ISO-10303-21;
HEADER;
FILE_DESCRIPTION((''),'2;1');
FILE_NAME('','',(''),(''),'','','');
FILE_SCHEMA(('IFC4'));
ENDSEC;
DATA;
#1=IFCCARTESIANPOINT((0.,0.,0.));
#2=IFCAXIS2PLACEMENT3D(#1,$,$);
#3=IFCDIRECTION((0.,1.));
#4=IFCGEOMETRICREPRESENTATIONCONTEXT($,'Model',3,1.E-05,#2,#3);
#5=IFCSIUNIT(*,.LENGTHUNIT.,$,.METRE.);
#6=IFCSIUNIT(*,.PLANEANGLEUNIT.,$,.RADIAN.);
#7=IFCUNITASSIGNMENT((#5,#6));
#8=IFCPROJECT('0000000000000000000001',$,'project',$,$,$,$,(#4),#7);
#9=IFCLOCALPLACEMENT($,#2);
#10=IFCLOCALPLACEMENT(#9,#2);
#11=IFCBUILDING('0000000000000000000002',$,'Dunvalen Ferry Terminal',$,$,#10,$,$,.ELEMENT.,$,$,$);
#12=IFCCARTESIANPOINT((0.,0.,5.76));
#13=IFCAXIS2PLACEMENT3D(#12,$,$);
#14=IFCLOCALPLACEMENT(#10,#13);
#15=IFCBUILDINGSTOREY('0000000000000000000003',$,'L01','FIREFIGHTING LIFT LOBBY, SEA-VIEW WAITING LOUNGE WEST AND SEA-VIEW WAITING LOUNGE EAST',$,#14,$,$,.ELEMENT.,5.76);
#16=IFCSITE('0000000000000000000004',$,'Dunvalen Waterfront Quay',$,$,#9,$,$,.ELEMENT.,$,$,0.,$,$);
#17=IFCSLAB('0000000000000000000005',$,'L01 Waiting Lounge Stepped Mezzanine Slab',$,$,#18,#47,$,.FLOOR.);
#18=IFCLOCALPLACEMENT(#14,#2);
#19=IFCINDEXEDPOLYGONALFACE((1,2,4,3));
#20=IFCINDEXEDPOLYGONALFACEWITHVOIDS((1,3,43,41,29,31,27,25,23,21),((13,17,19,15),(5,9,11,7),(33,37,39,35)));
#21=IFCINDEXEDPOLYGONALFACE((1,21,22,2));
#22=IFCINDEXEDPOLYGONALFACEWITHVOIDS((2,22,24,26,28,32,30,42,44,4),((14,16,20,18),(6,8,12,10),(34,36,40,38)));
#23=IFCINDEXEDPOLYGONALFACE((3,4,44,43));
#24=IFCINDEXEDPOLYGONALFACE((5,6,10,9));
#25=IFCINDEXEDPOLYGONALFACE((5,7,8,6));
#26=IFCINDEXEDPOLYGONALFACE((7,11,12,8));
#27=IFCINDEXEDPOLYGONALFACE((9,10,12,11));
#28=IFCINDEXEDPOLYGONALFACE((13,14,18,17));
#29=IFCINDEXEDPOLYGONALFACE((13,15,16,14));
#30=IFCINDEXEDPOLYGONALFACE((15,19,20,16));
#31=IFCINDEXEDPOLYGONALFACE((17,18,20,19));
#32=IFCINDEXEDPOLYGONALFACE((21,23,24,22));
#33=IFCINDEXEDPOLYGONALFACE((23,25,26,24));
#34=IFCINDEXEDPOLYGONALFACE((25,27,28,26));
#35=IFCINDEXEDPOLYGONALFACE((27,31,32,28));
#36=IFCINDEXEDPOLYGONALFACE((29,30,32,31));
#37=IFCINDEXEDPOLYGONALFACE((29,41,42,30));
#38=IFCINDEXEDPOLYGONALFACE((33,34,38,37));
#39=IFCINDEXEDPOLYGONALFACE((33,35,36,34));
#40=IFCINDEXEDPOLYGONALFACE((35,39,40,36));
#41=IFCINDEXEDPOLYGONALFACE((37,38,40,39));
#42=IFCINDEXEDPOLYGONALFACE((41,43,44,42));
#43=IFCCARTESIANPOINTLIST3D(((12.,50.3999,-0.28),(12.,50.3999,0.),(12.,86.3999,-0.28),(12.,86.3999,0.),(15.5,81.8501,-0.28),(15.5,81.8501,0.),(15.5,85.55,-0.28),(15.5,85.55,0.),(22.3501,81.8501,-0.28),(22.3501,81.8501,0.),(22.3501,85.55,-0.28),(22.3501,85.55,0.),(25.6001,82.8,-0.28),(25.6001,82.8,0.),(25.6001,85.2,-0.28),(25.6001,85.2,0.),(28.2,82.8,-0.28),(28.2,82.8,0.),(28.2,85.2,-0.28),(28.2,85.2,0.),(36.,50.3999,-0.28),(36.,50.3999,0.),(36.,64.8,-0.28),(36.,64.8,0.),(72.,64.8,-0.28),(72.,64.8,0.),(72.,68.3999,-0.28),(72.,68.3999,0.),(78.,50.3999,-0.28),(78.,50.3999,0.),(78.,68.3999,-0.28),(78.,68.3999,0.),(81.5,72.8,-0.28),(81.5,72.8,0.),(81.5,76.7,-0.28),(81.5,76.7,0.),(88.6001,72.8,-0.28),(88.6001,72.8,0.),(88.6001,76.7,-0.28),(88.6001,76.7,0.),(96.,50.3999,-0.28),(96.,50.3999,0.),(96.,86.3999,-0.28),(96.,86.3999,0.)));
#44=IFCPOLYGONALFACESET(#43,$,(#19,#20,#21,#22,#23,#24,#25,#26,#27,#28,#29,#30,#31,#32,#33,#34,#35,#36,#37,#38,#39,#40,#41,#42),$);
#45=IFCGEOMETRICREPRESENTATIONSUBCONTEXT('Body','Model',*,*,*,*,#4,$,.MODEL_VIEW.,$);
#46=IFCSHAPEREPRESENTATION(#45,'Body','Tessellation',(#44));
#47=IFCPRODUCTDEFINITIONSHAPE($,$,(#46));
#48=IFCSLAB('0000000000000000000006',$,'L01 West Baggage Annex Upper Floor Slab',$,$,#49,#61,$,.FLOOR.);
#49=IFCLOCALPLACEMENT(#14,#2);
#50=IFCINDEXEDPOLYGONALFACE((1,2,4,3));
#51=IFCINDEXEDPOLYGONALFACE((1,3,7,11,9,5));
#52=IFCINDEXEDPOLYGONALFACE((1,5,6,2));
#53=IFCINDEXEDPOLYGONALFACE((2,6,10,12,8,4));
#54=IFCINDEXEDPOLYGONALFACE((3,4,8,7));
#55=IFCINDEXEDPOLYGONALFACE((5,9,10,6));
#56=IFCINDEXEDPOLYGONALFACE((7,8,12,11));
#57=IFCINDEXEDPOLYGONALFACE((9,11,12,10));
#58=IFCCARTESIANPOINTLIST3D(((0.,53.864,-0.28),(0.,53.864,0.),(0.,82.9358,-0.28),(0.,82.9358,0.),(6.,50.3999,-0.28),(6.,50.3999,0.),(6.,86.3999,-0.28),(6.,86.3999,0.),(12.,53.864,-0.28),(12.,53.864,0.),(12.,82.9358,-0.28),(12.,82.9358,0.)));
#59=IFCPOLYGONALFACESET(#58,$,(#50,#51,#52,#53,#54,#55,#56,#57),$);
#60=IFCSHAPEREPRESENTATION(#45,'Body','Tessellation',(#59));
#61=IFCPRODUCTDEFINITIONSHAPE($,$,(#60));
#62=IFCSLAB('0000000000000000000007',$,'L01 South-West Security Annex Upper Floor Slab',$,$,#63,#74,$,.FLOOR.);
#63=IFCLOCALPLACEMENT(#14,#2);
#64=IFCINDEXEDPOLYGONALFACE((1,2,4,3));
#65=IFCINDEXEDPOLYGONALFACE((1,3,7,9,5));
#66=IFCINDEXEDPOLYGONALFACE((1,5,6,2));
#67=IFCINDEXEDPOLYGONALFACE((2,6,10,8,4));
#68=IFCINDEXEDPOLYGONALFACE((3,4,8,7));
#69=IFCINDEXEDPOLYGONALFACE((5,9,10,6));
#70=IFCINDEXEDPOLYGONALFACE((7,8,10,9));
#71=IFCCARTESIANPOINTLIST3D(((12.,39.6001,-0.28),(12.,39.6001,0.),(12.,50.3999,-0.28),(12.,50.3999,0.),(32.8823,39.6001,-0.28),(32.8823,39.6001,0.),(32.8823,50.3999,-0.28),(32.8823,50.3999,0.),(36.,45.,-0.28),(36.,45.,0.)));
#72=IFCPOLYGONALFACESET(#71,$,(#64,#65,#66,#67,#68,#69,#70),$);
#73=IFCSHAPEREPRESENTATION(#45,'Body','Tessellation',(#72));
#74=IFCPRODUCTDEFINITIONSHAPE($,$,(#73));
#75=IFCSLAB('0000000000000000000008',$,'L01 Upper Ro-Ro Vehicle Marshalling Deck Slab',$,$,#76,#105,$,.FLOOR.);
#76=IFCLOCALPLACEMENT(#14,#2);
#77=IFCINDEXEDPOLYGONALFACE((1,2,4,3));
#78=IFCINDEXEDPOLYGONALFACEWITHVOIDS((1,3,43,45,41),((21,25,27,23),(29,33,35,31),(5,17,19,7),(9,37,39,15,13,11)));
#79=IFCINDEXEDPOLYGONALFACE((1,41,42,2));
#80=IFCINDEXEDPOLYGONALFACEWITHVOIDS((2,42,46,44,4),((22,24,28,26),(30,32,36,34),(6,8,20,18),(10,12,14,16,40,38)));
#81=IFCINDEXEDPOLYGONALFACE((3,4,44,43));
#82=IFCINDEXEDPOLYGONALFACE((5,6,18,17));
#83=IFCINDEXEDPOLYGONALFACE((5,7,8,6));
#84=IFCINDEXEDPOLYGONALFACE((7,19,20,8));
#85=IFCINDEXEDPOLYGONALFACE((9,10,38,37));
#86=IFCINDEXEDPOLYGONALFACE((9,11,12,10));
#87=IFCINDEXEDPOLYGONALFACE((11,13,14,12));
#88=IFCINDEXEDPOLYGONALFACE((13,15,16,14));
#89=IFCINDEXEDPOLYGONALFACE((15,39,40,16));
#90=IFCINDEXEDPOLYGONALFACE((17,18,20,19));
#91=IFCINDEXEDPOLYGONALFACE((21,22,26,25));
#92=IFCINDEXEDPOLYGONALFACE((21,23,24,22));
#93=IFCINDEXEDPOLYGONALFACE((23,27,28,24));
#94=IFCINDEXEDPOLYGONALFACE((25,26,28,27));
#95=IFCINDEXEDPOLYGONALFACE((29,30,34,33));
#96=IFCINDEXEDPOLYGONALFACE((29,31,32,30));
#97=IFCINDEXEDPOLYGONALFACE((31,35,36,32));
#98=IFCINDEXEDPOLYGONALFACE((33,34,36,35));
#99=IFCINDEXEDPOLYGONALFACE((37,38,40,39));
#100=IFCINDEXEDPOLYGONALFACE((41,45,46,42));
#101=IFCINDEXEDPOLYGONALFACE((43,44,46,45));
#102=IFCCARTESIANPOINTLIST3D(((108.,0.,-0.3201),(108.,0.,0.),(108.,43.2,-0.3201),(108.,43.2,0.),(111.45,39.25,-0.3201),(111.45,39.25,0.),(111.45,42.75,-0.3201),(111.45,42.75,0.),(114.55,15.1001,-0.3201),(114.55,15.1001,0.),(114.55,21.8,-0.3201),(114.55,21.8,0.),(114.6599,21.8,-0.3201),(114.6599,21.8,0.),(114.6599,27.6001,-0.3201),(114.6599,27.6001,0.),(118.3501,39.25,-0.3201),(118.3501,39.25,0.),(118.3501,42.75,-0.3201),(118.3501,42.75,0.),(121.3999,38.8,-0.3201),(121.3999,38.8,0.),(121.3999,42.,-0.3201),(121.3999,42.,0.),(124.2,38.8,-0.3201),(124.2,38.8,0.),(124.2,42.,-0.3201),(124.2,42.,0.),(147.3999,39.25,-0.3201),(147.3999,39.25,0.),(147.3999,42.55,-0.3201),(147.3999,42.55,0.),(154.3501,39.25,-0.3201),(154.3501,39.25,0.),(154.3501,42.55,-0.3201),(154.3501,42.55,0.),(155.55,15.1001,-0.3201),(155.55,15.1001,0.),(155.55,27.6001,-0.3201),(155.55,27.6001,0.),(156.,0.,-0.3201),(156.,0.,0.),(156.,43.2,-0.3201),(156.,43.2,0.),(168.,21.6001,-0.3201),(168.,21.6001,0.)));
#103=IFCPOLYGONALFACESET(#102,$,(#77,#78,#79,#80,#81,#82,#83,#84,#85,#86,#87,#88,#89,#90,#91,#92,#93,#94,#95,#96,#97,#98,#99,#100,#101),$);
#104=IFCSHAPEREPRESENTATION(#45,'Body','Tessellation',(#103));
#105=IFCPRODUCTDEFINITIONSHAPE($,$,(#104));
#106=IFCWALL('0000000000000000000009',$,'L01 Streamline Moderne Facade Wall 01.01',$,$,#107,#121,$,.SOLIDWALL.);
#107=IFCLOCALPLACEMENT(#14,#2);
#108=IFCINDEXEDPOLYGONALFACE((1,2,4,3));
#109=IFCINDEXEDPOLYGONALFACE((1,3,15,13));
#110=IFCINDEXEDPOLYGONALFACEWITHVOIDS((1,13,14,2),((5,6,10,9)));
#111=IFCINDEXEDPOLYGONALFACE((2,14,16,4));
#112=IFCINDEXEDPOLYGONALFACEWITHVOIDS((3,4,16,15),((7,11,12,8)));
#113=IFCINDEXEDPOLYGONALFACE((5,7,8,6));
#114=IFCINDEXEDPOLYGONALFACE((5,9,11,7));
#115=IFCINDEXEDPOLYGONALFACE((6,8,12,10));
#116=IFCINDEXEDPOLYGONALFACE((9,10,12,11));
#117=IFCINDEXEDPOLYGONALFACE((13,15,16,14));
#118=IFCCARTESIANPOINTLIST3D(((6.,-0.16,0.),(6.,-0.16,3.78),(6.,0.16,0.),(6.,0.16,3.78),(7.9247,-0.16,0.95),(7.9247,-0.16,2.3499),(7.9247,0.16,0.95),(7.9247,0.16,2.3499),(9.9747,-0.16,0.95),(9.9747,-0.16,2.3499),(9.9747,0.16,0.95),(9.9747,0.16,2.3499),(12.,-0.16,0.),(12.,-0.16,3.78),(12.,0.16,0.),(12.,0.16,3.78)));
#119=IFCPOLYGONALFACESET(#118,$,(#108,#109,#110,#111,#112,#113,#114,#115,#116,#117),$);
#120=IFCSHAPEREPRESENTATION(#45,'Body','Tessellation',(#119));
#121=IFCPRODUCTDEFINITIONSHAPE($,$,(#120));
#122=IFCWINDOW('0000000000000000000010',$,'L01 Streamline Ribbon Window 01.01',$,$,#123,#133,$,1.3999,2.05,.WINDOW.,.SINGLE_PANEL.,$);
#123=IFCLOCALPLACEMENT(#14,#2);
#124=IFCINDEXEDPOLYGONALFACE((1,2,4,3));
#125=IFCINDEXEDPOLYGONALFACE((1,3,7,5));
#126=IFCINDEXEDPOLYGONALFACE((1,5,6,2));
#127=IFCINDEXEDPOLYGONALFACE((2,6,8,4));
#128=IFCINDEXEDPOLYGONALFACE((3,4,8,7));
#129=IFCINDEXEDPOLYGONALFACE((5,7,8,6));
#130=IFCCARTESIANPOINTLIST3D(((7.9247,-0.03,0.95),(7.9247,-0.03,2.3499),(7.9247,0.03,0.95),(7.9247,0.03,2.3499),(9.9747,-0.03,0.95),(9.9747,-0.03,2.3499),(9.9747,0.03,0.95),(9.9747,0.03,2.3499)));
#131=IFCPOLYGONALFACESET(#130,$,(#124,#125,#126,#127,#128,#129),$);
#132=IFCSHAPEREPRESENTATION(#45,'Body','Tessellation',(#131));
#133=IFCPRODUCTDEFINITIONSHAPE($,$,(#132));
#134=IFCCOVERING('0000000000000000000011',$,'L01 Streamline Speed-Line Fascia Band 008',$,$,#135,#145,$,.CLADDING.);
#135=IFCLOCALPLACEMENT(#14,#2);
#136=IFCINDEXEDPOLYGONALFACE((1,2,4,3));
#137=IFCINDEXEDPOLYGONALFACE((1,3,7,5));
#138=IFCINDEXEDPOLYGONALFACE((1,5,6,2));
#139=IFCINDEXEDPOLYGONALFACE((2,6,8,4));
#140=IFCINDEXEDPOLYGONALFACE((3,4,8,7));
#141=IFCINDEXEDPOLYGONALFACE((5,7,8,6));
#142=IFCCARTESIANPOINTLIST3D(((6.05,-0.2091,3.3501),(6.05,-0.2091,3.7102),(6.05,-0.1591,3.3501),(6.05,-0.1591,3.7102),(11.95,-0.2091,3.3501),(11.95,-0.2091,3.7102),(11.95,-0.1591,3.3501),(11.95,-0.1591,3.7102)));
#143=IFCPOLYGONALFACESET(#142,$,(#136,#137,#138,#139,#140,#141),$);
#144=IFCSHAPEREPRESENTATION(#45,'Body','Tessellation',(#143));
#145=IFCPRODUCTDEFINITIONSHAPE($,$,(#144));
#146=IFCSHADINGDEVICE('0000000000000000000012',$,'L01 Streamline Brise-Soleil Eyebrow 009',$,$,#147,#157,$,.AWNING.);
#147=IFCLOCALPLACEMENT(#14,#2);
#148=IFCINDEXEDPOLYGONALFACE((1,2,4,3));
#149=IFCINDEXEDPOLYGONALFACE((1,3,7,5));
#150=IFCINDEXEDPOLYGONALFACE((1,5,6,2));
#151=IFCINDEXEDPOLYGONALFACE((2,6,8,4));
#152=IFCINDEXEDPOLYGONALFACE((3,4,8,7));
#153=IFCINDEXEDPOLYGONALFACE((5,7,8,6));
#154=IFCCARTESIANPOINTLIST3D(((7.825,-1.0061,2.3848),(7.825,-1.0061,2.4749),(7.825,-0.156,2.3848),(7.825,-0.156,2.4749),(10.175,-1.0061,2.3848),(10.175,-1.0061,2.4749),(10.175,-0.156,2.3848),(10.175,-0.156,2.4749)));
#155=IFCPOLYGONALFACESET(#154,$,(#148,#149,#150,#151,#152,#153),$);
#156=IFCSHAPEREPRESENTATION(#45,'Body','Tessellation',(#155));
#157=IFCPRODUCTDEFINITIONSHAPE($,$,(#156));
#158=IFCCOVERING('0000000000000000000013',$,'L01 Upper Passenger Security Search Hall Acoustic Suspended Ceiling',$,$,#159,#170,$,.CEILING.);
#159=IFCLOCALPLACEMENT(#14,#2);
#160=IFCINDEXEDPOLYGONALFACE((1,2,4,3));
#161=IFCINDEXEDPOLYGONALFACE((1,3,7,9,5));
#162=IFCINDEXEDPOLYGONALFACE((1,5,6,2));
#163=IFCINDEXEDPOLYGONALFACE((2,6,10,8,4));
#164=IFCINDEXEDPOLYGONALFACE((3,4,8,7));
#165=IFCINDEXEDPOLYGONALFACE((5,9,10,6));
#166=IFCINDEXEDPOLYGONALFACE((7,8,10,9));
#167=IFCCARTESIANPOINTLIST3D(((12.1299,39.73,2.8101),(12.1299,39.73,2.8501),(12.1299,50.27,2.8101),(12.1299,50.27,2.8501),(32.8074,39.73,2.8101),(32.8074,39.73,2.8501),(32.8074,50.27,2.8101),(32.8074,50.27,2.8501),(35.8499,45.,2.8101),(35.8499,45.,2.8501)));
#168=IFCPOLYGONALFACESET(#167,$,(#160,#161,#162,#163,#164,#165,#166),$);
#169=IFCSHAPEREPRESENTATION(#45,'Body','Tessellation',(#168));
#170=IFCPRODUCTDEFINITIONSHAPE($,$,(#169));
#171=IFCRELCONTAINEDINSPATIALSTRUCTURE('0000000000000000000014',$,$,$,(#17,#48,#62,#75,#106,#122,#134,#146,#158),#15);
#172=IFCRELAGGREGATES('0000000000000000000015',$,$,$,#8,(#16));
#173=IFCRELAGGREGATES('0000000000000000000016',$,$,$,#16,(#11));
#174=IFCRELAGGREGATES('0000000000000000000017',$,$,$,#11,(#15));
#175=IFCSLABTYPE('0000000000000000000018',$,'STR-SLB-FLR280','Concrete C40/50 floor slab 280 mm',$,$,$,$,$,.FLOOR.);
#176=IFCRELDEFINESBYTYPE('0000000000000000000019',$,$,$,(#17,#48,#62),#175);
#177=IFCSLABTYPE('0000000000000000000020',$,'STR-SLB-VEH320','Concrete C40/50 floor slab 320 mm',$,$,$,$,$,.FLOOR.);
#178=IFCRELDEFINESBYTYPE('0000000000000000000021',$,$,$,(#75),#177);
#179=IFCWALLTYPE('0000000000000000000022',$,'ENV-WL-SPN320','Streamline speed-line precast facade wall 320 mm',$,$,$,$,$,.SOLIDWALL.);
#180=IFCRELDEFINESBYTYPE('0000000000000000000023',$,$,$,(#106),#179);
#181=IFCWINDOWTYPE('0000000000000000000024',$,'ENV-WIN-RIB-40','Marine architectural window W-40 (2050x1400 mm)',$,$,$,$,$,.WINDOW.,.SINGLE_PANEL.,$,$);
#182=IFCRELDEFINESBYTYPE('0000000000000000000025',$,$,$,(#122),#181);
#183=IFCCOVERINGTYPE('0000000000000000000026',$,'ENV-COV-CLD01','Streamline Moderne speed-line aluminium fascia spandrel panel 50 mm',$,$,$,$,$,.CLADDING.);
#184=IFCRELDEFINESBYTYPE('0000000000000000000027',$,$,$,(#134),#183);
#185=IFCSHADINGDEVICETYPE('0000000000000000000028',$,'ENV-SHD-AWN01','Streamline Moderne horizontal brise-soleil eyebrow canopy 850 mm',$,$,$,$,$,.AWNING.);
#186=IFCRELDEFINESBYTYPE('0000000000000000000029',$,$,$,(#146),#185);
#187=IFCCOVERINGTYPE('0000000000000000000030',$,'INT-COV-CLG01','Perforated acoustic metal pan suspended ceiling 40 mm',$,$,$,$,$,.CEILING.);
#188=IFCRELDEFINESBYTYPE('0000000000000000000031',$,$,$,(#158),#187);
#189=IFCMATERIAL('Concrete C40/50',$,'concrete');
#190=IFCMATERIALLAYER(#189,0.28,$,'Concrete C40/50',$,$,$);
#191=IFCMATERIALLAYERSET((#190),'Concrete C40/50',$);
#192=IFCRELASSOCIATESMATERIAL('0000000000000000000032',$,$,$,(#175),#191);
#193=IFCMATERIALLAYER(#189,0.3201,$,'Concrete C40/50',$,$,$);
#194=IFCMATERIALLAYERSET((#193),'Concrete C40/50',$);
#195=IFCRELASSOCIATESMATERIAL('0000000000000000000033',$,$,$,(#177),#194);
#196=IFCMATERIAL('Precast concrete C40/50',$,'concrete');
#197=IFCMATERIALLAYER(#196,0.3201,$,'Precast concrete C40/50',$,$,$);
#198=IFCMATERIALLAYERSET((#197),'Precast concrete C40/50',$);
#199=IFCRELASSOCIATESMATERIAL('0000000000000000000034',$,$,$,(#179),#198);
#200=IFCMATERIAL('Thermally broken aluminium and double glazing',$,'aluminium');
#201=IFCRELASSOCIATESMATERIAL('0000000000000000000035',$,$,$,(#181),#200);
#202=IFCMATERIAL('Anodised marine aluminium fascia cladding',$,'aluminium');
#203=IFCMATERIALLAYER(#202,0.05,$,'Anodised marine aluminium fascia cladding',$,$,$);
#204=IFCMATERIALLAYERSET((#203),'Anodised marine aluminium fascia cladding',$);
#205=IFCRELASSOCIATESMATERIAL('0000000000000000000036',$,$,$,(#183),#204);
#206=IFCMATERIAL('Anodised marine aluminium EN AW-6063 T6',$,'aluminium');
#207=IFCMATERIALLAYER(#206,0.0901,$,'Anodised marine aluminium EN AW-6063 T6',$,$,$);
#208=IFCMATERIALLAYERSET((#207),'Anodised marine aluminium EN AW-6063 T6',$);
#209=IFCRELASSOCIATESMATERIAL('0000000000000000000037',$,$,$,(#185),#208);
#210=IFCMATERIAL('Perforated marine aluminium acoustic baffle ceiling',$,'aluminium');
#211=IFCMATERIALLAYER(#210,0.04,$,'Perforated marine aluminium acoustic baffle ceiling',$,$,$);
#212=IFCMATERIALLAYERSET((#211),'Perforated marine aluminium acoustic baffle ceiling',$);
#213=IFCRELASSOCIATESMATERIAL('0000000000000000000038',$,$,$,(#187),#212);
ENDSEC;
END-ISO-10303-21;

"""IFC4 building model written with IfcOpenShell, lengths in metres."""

from ifc_helpers import new_model, si_unit, direction, frame, frame_2d, origin, origin_2d, place, context, subcontext, project, spatial, polyline, rectangle, outline, extrude, material, layer, layer_set, type_object, element, fill, save


model = new_model("IFC4")

# Units and contexts
model_context = context("Model", 3, precision=1e-05, world=origin(), true_north=direction((0.0, 1.0)))
body_context = subcontext(model_context, "Body", "Model", "MODEL_VIEW")
ifc_project = project(units=[si_unit("LENGTHUNIT", "METRE"), si_unit("PLANEANGLEUNIT", "RADIAN")], contexts=[model_context])

# Site, building, storey
site_placement = place(None, origin())
site = spatial("IfcSite", under=ifc_project, at=site_placement, Name="Dunvalen Waterfront Quay", CompositionType="ELEMENT", RefElevation=0.0)
building_placement = place(site_placement, origin())
building = spatial("IfcBuilding", under=site, at=building_placement, Name="Dunvalen Ferry Terminal", CompositionType="ELEMENT")
storey_placement = place(building_placement, frame((0.0, 0.0, 5.76)))
storey = spatial("IfcBuildingStorey", under=building, at=storey_placement, Name="L01", Description="FIREFIGHTING LIFT LOBBY, SEA-VIEW WAITING LOUNGE WEST AND SEA-VIEW WAITING LOUNGE EAST", CompositionType="ELEMENT", Elevation=5.76)

# Shared definitions
ifc_material_1 = material(Name="Concrete C40/50", Category="concrete")

# Slabs
ifc_layer_1 = layer(ifc_material_1, 0.28, Name="Concrete C40/50")
ifc_layer_set_1 = layer_set([ifc_layer_1], Name="Concrete C40/50")
slab_type_1 = type_object("IfcSlabType", Name="STR-SLB-FLR280", Description="Concrete C40/50 floor slab 280 mm", PredefinedType="FLOOR", material=ifc_layer_set_1)
slab_1_placement = place(storey_placement, frame((0.0, 0.0, -0.28)))
element("IfcSlab", 1, at=slab_1_placement, inside=storey, type_object=slab_type_1, Name="L01 Waiting Lounge Stepped Mezzanine Slab", PredefinedType="FLOOR", context=body_context, shape_type="SweptSolid", body=[
    extrude(outline(polyline([(12.0, 50.3999), (36.0, 50.3999), (36.0, 64.8), (72.0, 64.8), (72.0, 68.3999), (78.0, 68.3999), (78.0, 50.3999), (96.0, 50.3999), (96.0, 86.3999), (12.0, 86.3999), (12.0, 50.3999)]), holes=[polyline([(15.5, 81.8501), (22.3501, 81.8501), (22.3501, 85.55), (15.5, 85.55), (15.5, 81.8501)]), polyline([(81.5, 72.8), (88.6001, 72.8), (88.6001, 76.7), (81.5, 76.7), (81.5, 72.8)]), polyline([(25.6001, 82.8), (28.2, 82.8), (28.2, 85.2), (25.6001, 85.2), (25.6001, 82.8)])]), origin(), (0.0, 0.0, 1.0), 0.28),
])
slab_2_placement = place(storey_placement, frame((0.0, 0.0, -0.28)))
element("IfcSlab", 2, at=slab_2_placement, inside=storey, type_object=slab_type_1, Name="L01 West Baggage Annex Upper Floor Slab", PredefinedType="FLOOR", context=body_context, shape_type="SweptSolid", body=[
    extrude(outline(polyline([(6.0, 50.3999), (12.0, 53.864), (12.0, 82.9358), (6.0, 86.3999), (0.0, 82.9358), (0.0, 53.864), (6.0, 50.3999)])), origin(), (0.0, 0.0, 1.0), 0.28),
])
slab_3_placement = place(storey_placement, frame((0.0, 0.0, -0.28)))
element("IfcSlab", 3, at=slab_3_placement, inside=storey, type_object=slab_type_1, Name="L01 South-West Security Annex Upper Floor Slab", PredefinedType="FLOOR", context=body_context, shape_type="SweptSolid", body=[
    extrude(outline(polyline([(12.0, 39.6001), (32.8823, 39.6001), (36.0, 45.0), (32.8823, 50.3999), (12.0, 50.3999), (12.0, 39.6001)])), origin(), (0.0, 0.0, 1.0), 0.28),
])
ifc_layer_2 = layer(ifc_material_1, 0.3201, Name="Concrete C40/50")
ifc_layer_set_2 = layer_set([ifc_layer_2], Name="Concrete C40/50")
slab_type_2 = type_object("IfcSlabType", Name="STR-SLB-VEH320", Description="Concrete C40/50 floor slab 320 mm", PredefinedType="FLOOR", material=ifc_layer_set_2)
slab_4_placement = place(storey_placement, frame((0.0, 0.0, -0.3201)))
element("IfcSlab", 4, at=slab_4_placement, inside=storey, type_object=slab_type_2, Name="L01 Upper Ro-Ro Vehicle Marshalling Deck Slab", PredefinedType="FLOOR", context=body_context, shape_type="SweptSolid", body=[
    extrude(outline(polyline([(108.0, 0.0), (156.0, 0.0), (168.0, 21.6001), (156.0, 43.2), (108.0, 43.2), (108.0, 0.0)]), holes=[polyline([(111.45, 39.25), (118.3501, 39.25), (118.3501, 42.75), (111.45, 42.75), (111.45, 39.25)]), polyline([(147.3999, 39.25), (154.3501, 39.25), (154.3501, 42.55), (147.3999, 42.55), (147.3999, 39.25)]), polyline([(121.3999, 38.8), (124.2, 38.8), (124.2, 42.0), (121.3999, 42.0), (121.3999, 38.8)]), polyline([(114.55, 15.1001), (155.55, 15.1001), (155.55, 27.6001), (114.6599, 27.6001), (114.6599, 21.8), (114.55, 21.8), (114.55, 15.1001)])]), origin(), (0.0, 0.0, 1.0), 0.3201),
])

# Wall, opening, window
ifc_material_2 = material(Name="Precast concrete C40/50", Category="concrete")
ifc_layer_3 = layer(ifc_material_2, 0.3201, Name="Precast concrete C40/50")
ifc_layer_set_3 = layer_set([ifc_layer_3], Name="Precast concrete C40/50")
wall_type = type_object("IfcWallType", Name="ENV-WL-SPN320", Description="Streamline speed-line precast facade wall 320 mm", PredefinedType="SOLIDWALL", material=ifc_layer_set_3)
wall_placement = place(storey_placement, frame((6.0, 0.0, 0.0), z_axis=(0.0, 0.0, 1.0), x_axis=(1.0, 0.0, 0.0)))
wall = element("IfcWall", 5, at=wall_placement, inside=storey, type_object=wall_type, Name="L01 Streamline Moderne Facade Wall 01.01", PredefinedType="SOLIDWALL", context=body_context, shape_type="SweptSolid", body=[
    extrude(rectangle(XDim=6.0, YDim=0.3201, at=frame_2d((3.0, 0.0))), origin(), (0.0, 0.0, 1.0), 3.78),
])
opening_placement = place(wall_placement, frame((1.9248, 0.0, 0.95)))
opening = element("IfcOpeningElement", 6, at=opening_placement, cuts=wall, PredefinedType="OPENING", context=body_context, shape_type="SweptSolid", body=[
    extrude(rectangle(XDim=2.05, YDim=1.3999, at=frame_2d((1.0249, 0.7))), frame((0.0, 0.1699, 0.0), z_axis=(0.0, -1.0, 0.0), x_axis=(1.0, 0.0, 0.0)), (0.0, 0.0, 1.0), 0.3401),
])
ifc_material_3 = material(Name="Thermally broken aluminium and double glazing", Category="aluminium")
window_type = type_object("IfcWindowType", Name="ENV-WIN-RIB-40", Description="Marine architectural window W-40 (2050x1400 mm)", PartitioningType="SINGLE_PANEL", PredefinedType="WINDOW", material=ifc_material_3)
window_placement = place(opening_placement, origin())
window = element("IfcWindow", 7, at=window_placement, inside=storey, type_object=window_type, Name="L01 Streamline Ribbon Window 01.01", OverallHeight=1.3999, OverallWidth=2.05, PartitioningType="SINGLE_PANEL", PredefinedType="WINDOW", context=body_context, shape_type="SweptSolid", body=[
    extrude(rectangle(XDim=2.05, YDim=1.3999, at=frame_2d((1.0249, 0.7))), frame((0.0, 0.03, 0.0), z_axis=(0.0, -1.0, 0.0), x_axis=(1.0, 0.0, 0.0)), (0.0, 0.0, 1.0), 0.0601),
])
fill(opening, window)

# Covering
ifc_material_4 = material(Name="Anodised marine aluminium fascia cladding", Category="aluminium")
ifc_layer_4 = layer(ifc_material_4, 0.05, Name="Anodised marine aluminium fascia cladding")
ifc_layer_set_4 = layer_set([ifc_layer_4], Name="Anodised marine aluminium fascia cladding")
covering_type_1 = type_object("IfcCoveringType", Name="ENV-COV-CLD01", Description="Streamline Moderne speed-line aluminium fascia spandrel panel 50 mm", PredefinedType="CLADDING", material=ifc_layer_set_4)
covering_1_placement = place(storey_placement, frame((9.0, -0.1841, 3.3501), z_axis=(0.0, 0.0, 1.0), x_axis=(1.0, 0.0, 0.0)))
element("IfcCovering", 8, at=covering_1_placement, inside=storey, type_object=covering_type_1, Name="L01 Streamline Speed-Line Fascia Band 008", PredefinedType="CLADDING", context=body_context, shape_type="SweptSolid", body=[
    extrude(rectangle(XDim=5.8999, YDim=0.05, at=origin_2d()), origin(), (0.0, 0.0, 1.0), 0.3601),
])

# Shading device
ifc_material_5 = material(Name="Anodised marine aluminium EN AW-6063 T6", Category="aluminium")
ifc_layer_5 = layer(ifc_material_5, 0.0901, Name="Anodised marine aluminium EN AW-6063 T6")
ifc_layer_set_5 = layer_set([ifc_layer_5], Name="Anodised marine aluminium EN AW-6063 T6")
shading_device_type = type_object("IfcShadingDeviceType", Name="ENV-SHD-AWN01", Description="Streamline Moderne horizontal brise-soleil eyebrow canopy 850 mm", PredefinedType="AWNING", material=ifc_layer_set_5)
shading_device_placement = place(storey_placement, frame((9.0, -0.5811, 2.3848), z_axis=(0.0, 0.0, 1.0), x_axis=(1.0, 0.0, 0.0)))
element("IfcShadingDevice", 9, at=shading_device_placement, inside=storey, type_object=shading_device_type, Name="L01 Streamline Brise-Soleil Eyebrow 009", PredefinedType="AWNING", context=body_context, shape_type="SweptSolid", body=[
    extrude(rectangle(XDim=2.3501, YDim=0.8501, at=origin_2d()), origin(), (0.0, 0.0, 1.0), 0.0901),
])

# Covering
ifc_material_6 = material(Name="Perforated marine aluminium acoustic baffle ceiling", Category="aluminium")
ifc_layer_6 = layer(ifc_material_6, 0.04, Name="Perforated marine aluminium acoustic baffle ceiling")
ifc_layer_set_6 = layer_set([ifc_layer_6], Name="Perforated marine aluminium acoustic baffle ceiling")
covering_type_2 = type_object("IfcCoveringType", Name="INT-COV-CLG01", Description="Perforated acoustic metal pan suspended ceiling 40 mm", PredefinedType="CEILING", material=ifc_layer_set_6)
covering_2_placement = place(storey_placement, frame((0.0, 0.0, 2.8101)))
element("IfcCovering", 10, at=covering_2_placement, inside=storey, type_object=covering_type_2, Name="L01 Upper Passenger Security Search Hall Acoustic Suspended Ceiling", PredefinedType="CEILING", context=body_context, shape_type="SweptSolid", body=[
    extrude(outline(polyline([(12.1299, 50.27), (12.1299, 39.73), (32.8074, 39.73), (35.8499, 45.0), (32.8074, 50.27), (12.1299, 50.27)])), origin(), (0.0, 0.0, 1.0), 0.04),
])

save(model, "model.ifc")
